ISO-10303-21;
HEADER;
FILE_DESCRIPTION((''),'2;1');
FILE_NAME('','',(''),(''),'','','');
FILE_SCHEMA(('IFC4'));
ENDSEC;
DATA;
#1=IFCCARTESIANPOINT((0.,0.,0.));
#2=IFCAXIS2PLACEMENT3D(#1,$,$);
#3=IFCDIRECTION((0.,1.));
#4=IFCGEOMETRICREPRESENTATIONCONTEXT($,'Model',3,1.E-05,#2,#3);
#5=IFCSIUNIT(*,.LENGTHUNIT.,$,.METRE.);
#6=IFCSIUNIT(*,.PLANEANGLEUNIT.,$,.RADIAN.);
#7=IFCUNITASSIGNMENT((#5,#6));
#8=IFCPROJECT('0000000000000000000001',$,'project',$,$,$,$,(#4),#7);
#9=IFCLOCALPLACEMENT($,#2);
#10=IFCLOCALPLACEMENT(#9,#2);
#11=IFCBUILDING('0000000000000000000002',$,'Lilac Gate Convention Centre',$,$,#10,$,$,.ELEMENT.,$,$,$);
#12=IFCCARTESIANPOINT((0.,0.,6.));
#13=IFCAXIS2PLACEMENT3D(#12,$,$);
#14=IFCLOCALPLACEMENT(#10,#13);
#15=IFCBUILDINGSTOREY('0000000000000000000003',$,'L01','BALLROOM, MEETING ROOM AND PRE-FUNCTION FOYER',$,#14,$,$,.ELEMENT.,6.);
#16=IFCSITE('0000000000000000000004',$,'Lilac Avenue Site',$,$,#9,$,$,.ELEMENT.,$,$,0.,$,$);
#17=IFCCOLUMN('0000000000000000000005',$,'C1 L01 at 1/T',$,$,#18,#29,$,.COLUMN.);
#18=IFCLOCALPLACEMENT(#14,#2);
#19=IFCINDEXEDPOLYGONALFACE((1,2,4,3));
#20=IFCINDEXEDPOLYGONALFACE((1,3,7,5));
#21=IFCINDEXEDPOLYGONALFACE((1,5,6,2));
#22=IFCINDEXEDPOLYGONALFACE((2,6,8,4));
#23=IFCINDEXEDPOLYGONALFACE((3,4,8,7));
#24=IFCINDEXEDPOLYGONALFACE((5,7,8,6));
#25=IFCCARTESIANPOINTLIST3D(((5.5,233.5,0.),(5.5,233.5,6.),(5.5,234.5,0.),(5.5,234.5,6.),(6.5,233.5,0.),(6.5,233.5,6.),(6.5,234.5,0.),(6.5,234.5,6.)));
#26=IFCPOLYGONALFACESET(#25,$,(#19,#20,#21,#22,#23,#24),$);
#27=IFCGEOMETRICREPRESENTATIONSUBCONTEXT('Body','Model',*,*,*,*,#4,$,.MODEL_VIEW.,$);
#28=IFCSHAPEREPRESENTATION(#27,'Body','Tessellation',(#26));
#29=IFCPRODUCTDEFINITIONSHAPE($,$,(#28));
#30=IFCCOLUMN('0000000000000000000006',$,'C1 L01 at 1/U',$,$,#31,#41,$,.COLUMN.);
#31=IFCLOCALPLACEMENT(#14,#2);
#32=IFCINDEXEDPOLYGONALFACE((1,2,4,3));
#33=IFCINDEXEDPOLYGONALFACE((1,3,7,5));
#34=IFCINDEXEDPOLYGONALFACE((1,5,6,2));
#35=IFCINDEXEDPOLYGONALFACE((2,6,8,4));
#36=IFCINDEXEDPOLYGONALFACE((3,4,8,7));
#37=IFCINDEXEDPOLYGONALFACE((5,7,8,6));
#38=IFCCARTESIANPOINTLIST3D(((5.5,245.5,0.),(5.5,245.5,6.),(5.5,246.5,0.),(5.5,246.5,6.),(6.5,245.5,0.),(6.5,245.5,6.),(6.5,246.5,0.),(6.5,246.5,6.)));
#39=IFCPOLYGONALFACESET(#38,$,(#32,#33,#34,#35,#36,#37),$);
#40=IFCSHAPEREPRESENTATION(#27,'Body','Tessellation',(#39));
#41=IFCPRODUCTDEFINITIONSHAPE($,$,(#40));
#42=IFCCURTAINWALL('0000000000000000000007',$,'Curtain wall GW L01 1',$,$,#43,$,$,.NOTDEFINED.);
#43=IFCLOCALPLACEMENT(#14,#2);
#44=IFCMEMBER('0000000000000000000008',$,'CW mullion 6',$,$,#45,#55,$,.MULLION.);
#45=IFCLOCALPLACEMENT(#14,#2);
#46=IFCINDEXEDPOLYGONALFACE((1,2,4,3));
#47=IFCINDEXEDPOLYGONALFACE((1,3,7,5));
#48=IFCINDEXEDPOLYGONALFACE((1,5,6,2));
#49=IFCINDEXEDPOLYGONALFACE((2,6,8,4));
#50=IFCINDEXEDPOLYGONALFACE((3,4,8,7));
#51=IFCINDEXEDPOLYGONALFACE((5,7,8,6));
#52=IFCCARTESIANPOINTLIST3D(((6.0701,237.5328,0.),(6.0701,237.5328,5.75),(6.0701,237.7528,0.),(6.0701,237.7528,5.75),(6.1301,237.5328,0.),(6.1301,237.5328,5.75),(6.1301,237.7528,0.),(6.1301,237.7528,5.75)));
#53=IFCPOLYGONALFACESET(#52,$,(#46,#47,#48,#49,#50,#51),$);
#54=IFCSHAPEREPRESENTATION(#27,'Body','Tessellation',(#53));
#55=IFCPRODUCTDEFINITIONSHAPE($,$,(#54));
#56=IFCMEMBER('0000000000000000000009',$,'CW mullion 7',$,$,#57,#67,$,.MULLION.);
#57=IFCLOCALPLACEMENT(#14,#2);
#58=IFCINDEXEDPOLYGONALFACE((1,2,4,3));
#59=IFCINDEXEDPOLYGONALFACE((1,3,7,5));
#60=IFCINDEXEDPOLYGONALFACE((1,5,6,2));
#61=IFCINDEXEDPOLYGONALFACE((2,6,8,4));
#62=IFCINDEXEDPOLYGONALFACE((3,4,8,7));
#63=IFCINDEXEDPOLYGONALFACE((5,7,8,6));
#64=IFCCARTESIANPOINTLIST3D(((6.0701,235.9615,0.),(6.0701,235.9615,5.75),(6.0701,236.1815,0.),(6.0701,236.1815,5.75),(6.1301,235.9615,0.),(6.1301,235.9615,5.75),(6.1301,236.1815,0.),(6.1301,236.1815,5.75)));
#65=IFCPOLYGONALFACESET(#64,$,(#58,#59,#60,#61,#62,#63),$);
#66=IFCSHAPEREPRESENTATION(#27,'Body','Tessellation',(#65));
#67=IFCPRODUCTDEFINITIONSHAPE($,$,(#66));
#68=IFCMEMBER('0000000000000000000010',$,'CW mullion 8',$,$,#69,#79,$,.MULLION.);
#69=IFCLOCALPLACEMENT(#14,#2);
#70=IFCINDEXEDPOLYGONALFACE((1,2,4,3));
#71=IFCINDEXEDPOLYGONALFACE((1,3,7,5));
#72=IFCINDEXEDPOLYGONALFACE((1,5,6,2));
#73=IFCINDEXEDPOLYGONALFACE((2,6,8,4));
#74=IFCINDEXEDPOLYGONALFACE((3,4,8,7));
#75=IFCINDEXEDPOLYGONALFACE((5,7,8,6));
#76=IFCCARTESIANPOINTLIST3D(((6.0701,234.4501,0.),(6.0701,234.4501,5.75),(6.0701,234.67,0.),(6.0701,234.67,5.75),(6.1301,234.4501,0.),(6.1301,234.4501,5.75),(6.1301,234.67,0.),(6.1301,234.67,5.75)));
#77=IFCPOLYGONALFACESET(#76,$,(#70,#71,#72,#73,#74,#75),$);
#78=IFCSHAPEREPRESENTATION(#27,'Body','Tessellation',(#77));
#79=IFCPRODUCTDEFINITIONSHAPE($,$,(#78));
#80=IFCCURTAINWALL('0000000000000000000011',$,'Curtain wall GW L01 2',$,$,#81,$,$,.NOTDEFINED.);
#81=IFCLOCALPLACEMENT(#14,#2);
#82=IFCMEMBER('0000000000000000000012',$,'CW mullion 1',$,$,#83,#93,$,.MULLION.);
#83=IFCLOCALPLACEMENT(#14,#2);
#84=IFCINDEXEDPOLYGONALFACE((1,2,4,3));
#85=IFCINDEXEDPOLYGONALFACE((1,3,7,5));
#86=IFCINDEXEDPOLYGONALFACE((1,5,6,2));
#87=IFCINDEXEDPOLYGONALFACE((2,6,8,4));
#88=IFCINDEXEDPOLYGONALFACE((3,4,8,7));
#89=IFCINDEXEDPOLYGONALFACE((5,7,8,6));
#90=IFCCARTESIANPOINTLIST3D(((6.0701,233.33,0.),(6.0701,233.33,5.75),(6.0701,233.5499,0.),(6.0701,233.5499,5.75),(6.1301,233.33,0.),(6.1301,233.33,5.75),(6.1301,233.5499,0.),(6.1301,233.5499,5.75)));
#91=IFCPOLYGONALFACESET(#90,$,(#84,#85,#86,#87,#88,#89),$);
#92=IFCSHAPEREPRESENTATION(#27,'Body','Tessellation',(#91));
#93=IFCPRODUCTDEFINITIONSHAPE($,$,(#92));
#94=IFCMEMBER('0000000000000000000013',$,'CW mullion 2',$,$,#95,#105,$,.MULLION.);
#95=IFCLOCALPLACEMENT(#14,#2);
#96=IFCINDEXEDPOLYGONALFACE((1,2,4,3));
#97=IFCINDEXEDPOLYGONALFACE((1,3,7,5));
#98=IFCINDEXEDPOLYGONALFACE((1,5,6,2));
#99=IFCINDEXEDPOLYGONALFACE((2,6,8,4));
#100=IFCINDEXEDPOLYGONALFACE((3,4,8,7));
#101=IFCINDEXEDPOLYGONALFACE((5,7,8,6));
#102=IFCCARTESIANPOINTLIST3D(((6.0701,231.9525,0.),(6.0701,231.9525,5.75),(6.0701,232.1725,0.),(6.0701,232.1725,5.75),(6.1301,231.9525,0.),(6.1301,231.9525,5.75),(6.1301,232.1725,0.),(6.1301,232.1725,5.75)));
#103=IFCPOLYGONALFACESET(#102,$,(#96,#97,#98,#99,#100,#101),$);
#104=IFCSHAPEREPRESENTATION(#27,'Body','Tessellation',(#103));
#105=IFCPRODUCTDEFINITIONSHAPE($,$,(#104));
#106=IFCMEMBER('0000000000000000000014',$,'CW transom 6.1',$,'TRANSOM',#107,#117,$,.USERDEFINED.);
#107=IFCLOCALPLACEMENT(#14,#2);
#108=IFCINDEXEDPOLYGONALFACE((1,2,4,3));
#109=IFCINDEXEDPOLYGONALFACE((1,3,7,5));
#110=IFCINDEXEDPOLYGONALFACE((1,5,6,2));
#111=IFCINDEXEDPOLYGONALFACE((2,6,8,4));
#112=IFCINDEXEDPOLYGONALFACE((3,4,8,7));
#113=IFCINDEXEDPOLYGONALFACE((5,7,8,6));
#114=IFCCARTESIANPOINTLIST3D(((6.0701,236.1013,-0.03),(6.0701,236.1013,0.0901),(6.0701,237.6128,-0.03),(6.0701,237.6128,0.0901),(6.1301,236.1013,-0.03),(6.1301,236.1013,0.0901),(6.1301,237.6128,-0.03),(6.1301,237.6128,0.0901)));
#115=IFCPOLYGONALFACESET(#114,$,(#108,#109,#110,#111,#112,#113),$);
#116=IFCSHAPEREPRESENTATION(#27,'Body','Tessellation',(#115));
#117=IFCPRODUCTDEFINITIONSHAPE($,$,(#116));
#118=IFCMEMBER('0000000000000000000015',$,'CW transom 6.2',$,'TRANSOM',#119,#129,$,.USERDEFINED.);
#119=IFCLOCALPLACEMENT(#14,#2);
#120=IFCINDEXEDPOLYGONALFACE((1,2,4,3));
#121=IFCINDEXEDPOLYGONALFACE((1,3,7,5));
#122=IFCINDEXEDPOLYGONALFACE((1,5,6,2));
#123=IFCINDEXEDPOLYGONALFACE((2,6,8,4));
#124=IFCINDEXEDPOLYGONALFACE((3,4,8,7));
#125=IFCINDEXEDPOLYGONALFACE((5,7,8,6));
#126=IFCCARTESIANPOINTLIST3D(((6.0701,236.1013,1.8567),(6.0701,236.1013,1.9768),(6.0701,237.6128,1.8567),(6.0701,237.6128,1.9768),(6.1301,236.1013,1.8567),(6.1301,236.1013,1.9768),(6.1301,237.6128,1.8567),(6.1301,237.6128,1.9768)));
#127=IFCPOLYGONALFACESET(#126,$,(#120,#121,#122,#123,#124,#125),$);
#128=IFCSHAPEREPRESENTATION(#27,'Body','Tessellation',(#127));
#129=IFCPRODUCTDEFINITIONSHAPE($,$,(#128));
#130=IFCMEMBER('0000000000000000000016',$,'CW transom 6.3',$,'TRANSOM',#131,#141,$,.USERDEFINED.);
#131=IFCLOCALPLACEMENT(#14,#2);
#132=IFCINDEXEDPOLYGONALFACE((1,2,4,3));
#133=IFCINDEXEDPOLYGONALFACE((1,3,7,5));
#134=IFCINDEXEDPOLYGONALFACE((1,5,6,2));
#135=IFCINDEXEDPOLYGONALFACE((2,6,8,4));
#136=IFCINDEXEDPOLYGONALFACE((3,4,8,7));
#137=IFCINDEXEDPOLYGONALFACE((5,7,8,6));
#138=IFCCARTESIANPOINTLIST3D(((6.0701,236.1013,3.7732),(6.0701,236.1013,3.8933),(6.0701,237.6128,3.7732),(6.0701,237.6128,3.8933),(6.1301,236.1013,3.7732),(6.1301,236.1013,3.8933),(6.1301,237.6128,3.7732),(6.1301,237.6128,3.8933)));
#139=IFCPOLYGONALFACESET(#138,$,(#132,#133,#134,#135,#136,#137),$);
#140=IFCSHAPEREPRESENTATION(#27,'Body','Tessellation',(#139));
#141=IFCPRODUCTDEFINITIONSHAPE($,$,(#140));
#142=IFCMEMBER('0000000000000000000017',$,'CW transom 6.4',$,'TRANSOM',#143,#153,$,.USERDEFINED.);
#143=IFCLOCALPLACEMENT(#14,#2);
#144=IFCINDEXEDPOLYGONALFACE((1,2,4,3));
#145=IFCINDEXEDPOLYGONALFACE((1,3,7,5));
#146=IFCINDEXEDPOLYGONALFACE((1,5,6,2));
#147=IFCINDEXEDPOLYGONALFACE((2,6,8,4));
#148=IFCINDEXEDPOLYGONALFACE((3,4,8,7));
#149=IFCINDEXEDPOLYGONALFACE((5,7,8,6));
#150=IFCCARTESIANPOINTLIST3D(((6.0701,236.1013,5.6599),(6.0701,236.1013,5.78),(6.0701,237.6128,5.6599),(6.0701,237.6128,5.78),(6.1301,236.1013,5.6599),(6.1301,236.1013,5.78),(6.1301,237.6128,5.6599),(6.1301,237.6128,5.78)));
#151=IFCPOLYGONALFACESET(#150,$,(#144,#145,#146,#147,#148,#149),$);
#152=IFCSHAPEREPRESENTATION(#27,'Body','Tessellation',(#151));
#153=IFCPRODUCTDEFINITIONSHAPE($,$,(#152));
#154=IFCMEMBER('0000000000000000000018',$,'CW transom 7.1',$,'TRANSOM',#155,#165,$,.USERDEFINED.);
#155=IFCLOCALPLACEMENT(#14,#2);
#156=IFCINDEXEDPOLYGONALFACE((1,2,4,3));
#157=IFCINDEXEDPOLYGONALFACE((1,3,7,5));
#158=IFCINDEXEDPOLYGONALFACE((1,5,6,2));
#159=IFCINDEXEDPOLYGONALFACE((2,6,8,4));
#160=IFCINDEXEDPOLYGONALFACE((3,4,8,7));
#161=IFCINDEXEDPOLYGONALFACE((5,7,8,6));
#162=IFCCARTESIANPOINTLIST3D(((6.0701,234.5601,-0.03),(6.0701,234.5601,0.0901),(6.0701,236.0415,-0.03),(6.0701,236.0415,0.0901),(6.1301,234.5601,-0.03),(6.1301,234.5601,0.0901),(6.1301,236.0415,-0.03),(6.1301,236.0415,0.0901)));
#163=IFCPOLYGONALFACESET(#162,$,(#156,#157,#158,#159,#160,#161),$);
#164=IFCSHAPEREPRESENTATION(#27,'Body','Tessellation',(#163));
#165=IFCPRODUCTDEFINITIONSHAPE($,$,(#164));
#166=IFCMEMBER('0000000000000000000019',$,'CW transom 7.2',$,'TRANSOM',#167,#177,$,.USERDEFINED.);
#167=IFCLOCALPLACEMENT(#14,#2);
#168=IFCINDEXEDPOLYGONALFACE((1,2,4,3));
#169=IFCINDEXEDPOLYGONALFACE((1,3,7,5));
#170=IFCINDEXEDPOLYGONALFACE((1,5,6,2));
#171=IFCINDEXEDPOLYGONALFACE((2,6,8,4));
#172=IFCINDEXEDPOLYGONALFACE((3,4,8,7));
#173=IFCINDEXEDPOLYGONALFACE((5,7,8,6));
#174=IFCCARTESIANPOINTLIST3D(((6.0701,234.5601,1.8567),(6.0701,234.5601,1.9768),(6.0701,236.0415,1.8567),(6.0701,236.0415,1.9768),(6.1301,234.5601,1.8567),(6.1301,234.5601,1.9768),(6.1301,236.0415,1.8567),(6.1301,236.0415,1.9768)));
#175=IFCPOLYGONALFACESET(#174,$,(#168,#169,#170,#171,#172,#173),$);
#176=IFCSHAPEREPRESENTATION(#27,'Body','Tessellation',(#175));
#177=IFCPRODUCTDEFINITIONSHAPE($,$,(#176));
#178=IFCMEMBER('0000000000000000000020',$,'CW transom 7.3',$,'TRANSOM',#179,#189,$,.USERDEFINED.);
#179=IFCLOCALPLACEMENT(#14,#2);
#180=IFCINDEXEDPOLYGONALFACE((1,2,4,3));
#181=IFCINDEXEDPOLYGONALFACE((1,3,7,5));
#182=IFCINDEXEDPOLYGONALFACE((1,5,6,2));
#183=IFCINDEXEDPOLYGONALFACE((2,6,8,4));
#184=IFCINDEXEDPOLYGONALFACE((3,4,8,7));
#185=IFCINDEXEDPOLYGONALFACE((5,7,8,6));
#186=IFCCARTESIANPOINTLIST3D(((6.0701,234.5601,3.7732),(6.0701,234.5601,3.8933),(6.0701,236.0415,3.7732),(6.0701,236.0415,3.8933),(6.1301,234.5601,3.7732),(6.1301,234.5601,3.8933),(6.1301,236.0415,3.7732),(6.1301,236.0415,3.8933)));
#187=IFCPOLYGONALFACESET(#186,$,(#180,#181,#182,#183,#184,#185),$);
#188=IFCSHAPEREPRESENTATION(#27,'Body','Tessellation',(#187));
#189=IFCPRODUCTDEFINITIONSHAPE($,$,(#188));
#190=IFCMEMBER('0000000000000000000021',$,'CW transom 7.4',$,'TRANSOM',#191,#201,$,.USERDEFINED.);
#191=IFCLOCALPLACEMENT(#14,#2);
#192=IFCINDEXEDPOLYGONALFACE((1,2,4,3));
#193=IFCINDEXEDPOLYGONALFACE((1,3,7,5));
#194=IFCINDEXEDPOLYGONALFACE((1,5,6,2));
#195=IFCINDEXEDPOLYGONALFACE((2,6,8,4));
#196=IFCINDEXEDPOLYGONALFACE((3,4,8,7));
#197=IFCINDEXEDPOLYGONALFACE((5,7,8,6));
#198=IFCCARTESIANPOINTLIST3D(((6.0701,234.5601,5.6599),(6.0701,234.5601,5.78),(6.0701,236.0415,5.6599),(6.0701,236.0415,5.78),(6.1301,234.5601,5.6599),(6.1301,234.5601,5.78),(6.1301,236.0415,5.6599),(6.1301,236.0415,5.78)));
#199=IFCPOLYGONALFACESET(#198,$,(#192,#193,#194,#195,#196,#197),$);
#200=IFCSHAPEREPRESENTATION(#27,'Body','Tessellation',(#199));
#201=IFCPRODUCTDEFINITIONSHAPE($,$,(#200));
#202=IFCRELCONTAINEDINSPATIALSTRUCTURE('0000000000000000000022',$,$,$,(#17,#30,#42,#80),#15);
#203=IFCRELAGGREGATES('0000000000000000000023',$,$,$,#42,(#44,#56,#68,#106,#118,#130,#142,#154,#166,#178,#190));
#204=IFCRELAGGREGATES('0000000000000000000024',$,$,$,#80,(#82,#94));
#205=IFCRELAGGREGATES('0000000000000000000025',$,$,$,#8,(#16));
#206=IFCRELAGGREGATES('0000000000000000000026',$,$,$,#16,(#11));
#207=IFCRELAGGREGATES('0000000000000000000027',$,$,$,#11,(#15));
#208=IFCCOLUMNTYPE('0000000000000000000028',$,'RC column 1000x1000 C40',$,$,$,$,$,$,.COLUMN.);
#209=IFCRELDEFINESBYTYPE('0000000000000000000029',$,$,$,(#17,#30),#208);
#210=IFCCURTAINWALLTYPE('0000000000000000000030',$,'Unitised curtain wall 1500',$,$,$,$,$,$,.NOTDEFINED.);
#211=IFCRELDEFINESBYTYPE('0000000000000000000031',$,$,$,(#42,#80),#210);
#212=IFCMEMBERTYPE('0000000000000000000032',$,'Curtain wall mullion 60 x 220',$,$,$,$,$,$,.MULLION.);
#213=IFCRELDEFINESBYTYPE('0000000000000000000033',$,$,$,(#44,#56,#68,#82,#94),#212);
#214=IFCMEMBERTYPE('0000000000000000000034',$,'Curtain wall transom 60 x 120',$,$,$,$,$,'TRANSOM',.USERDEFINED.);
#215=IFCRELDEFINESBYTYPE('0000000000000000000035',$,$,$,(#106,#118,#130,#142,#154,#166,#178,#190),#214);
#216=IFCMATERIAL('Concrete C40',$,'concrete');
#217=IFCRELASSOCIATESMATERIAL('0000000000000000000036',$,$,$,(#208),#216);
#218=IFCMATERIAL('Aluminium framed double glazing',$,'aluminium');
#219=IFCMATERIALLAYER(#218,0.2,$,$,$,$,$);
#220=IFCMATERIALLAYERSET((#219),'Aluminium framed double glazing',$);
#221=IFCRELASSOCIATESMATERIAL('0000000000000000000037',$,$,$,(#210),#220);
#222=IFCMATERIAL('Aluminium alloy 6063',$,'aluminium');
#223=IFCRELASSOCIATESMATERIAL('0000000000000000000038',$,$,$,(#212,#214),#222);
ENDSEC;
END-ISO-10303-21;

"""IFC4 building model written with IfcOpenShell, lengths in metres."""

from ifc_helpers import new_model, si_unit, direction, frame, origin, origin_2d, place, context, subcontext, project, spatial, rectangle, extrude, material, layer, layer_set, material_profile, profile_set, type_object, element, aggregate, save


model = new_model("IFC4")

# Units and contexts
model_context = context("Model", 3, precision=1e-05, world=origin(), true_north=direction((0.0, 1.0)))
body_context = subcontext(model_context, "Body", "Model", "MODEL_VIEW")
ifc_project = project(units=[si_unit("LENGTHUNIT", "METRE"), si_unit("PLANEANGLEUNIT", "RADIAN")], contexts=[model_context])

# Site, building, storey
site_placement = place(None, origin())
site = spatial("IfcSite", under=ifc_project, at=site_placement, Name="Lilac Avenue Site", CompositionType="ELEMENT", RefElevation=0.0)
building_placement = place(site_placement, origin())
building = spatial("IfcBuilding", under=site, at=building_placement, Name="Lilac Gate Convention Centre", CompositionType="ELEMENT")
storey_placement = place(building_placement, frame((0.0, 0.0, 6.0)))
storey = spatial("IfcBuildingStorey", under=building, at=storey_placement, Name="L01", Description="BALLROOM, MEETING ROOM AND PRE-FUNCTION FOYER", CompositionType="ELEMENT", Elevation=6.0)

# Columns
ifc_material_1 = material(Name="Concrete C40", Category="concrete")
ifc_material_profile_1 = material_profile(ifc_material_1, rectangle(XDim=1.0, YDim=1.0, at=origin_2d()), Name="RC 1000x1000")
ifc_profile_set_1 = profile_set([ifc_material_profile_1], Name="Concrete C40")
column_type = type_object("IfcColumnType", Name="RC column 1000x1000 C40", PredefinedType="COLUMN", material=ifc_profile_set_1)
for number, where, z_axis, x_axis, name in (
    (1, (6.0, 234.0, 0.0), (0.0, 0.0, 1.0), (1.0, 0.0, 0.0), "C1 L01 at 1/T"),
    (2, (6.0, 246.0, 0.0), (0.0, 0.0, 1.0), (1.0, 0.0, 0.0), "C1 L01 at 1/U"),
):
    element("IfcColumn", number, at=place(storey_placement, frame(where, z_axis=z_axis, x_axis=x_axis)), inside=storey, type_object=column_type, Name=name, PredefinedType="COLUMN", context=body_context, shape_type="SweptSolid", body=[
        extrude(rectangle(XDim=1.0, YDim=1.0, at=origin_2d()), origin(), (0.0, 0.0, 1.0), 6.0),
    ])

# Curtain walls, members
ifc_material_2 = material(Name="Aluminium framed double glazing", Category="aluminium")
ifc_layer_1 = layer(ifc_material_2, 0.2)
ifc_layer_set_1 = layer_set([ifc_layer_1], Name="Aluminium framed double glazing")
curtain_wall_type = type_object("IfcCurtainWallType", Name="Unitised curtain wall 1500", PredefinedType="NOTDEFINED", material=ifc_layer_set_1)
curtain_wall_1_placement = place(storey_placement, origin())
curtain_wall_1 = element("IfcCurtainWall", 3, at=curtain_wall_1_placement, inside=storey, type_object=curtain_wall_type, Name="Curtain wall GW L01 1", PredefinedType="NOTDEFINED")
ifc_material_3 = material(Name="Aluminium alloy 6063", Category="aluminium")
ifc_material_profile_2 = material_profile(ifc_material_3, rectangle(XDim=0.0601, YDim=0.22, at=origin_2d()), Name="Curtain wall mullion 60 x 220")
ifc_profile_set_2 = profile_set([ifc_material_profile_2], Name="Aluminium alloy 6063")
member_type_1 = type_object("IfcMemberType", Name="Curtain wall mullion 60 x 220", PredefinedType="MULLION", material=ifc_profile_set_2)
member_1_placement = place(storey_placement, frame((6.1001, 237.6428, 0.0), z_axis=(0.0, 0.0, 1.0), x_axis=(1.0, 0.0, 0.0)))
member_1 = element("IfcMember", 4, at=member_1_placement, type_object=member_type_1, Name="CW mullion 6", PredefinedType="MULLION", context=body_context, shape_type="SweptSolid", body=[
    extrude(rectangle(XDim=0.0601, YDim=0.22, at=origin_2d()), origin(), (0.0, 0.0, 1.0), 5.75),
])
member_2_placement = place(storey_placement, frame((6.1001, 236.0715, 0.0), z_axis=(0.0, 0.0, 1.0), x_axis=(1.0, 0.0, 0.0)))
member_2 = element("IfcMember", 5, at=member_2_placement, type_object=member_type_1, Name="CW mullion 7", PredefinedType="MULLION", context=body_context, shape_type="SweptSolid", body=[
    extrude(rectangle(XDim=0.0601, YDim=0.22, at=origin_2d()), origin(), (0.0, 0.0, 1.0), 5.75),
])
member_3_placement = place(storey_placement, frame((6.1001, 234.5601, 0.0), z_axis=(0.0, 0.0, 1.0), x_axis=(1.0, 0.0, 0.0)))
member_3 = element("IfcMember", 6, at=member_3_placement, type_object=member_type_1, Name="CW mullion 8", PredefinedType="MULLION", context=body_context, shape_type="SweptSolid", body=[
    extrude(rectangle(XDim=0.0601, YDim=0.22, at=origin_2d()), origin(), (0.0, 0.0, 1.0), 5.75),
])
curtain_wall_2_placement = place(storey_placement, origin())
curtain_wall_2 = element("IfcCurtainWall", 7, at=curtain_wall_2_placement, inside=storey, type_object=curtain_wall_type, Name="Curtain wall GW L01 2", PredefinedType="NOTDEFINED")
member_4_placement = place(storey_placement, frame((6.1001, 233.4399, 0.0), z_axis=(0.0, 0.0, 1.0), x_axis=(1.0, 0.0, 0.0)))
member_4 = element("IfcMember", 8, at=member_4_placement, type_object=member_type_1, Name="CW mullion 1", PredefinedType="MULLION", context=body_context, shape_type="SweptSolid", body=[
    extrude(rectangle(XDim=0.0601, YDim=0.22, at=origin_2d()), origin(), (0.0, 0.0, 1.0), 5.75),
])
member_5_placement = place(storey_placement, frame((6.1001, 232.0625, 0.0), z_axis=(0.0, 0.0, 1.0), x_axis=(1.0, 0.0, 0.0)))
member_5 = element("IfcMember", 9, at=member_5_placement, type_object=member_type_1, Name="CW mullion 2", PredefinedType="MULLION", context=body_context, shape_type="SweptSolid", body=[
    extrude(rectangle(XDim=0.0601, YDim=0.22, at=origin_2d()), origin(), (0.0, 0.0, 1.0), 5.75),
])

# Members
ifc_material_profile_3 = material_profile(ifc_material_3, rectangle(XDim=0.0601, YDim=0.1201, at=origin_2d()), Name="Curtain wall transom 60 x 120")
ifc_profile_set_3 = profile_set([ifc_material_profile_3], Name="Aluminium alloy 6063")
member_type_2 = type_object("IfcMemberType", Name="Curtain wall transom 60 x 120", ElementType="TRANSOM", PredefinedType="USERDEFINED", material=ifc_profile_set_3)
member_6_placement = place(storey_placement, frame((6.1001, 237.6128, 0.03), z_axis=(0.0, -1.0, 0.0), x_axis=(1.0, 0.0, 0.0)))
member_6 = element("IfcMember", 10, at=member_6_placement, type_object=member_type_2, Name="CW transom 6.1", ObjectType="TRANSOM", PredefinedType="USERDEFINED", context=body_context, shape_type="SweptSolid", body=[
    extrude(rectangle(XDim=0.0601, YDim=0.1201, at=origin_2d()), origin(), (0.0, 0.0, 1.0), 1.5115),
])
member_7_placement = place(storey_placement, frame((6.1001, 237.6128, 1.9167), z_axis=(0.0, -1.0, 0.0), x_axis=(1.0, 0.0, 0.0)))
member_7 = element("IfcMember", 11, at=member_7_placement, type_object=member_type_2, Name="CW transom 6.2", ObjectType="TRANSOM", PredefinedType="USERDEFINED", context=body_context, shape_type="SweptSolid", body=[
    extrude(rectangle(XDim=0.0601, YDim=0.1201, at=origin_2d()), origin(), (0.0, 0.0, 1.0), 1.5115),
])
member_8_placement = place(storey_placement, frame((6.1001, 237.6128, 3.8333), z_axis=(0.0, -1.0, 0.0), x_axis=(1.0, 0.0, 0.0)))
member_8 = element("IfcMember", 12, at=member_8_placement, type_object=member_type_2, Name="CW transom 6.3", ObjectType="TRANSOM", PredefinedType="USERDEFINED", context=body_context, shape_type="SweptSolid", body=[
    extrude(rectangle(XDim=0.0601, YDim=0.1201, at=origin_2d()), origin(), (0.0, 0.0, 1.0), 1.5115),
])
member_9_placement = place(storey_placement, frame((6.1001, 237.6128, 5.72), z_axis=(0.0, -1.0, 0.0), x_axis=(1.0, 0.0, 0.0)))
member_9 = element("IfcMember", 13, at=member_9_placement, type_object=member_type_2, Name="CW transom 6.4", ObjectType="TRANSOM", PredefinedType="USERDEFINED", context=body_context, shape_type="SweptSolid", body=[
    extrude(rectangle(XDim=0.0601, YDim=0.1201, at=origin_2d()), origin(), (0.0, 0.0, 1.0), 1.5115),
])
member_10_placement = place(storey_placement, frame((6.1001, 236.0415, 0.03), z_axis=(0.0, -1.0, 0.0), x_axis=(1.0, 0.0, 0.0)))
member_10 = element("IfcMember", 14, at=member_10_placement, type_object=member_type_2, Name="CW transom 7.1", ObjectType="TRANSOM", PredefinedType="USERDEFINED", context=body_context, shape_type="SweptSolid", body=[
    extrude(rectangle(XDim=0.0601, YDim=0.1201, at=origin_2d()), origin(), (0.0, 0.0, 1.0), 1.4814),
])
member_11_placement = place(storey_placement, frame((6.1001, 236.0415, 1.9167), z_axis=(0.0, -1.0, 0.0), x_axis=(1.0, 0.0, 0.0)))
member_11 = element("IfcMember", 15, at=member_11_placement, type_object=member_type_2, Name="CW transom 7.2", ObjectType="TRANSOM", PredefinedType="USERDEFINED", context=body_context, shape_type="SweptSolid", body=[
    extrude(rectangle(XDim=0.0601, YDim=0.1201, at=origin_2d()), origin(), (0.0, 0.0, 1.0), 1.4814),
])
member_12_placement = place(storey_placement, frame((6.1001, 236.0415, 3.8333), z_axis=(0.0, -1.0, 0.0), x_axis=(1.0, 0.0, 0.0)))
member_12 = element("IfcMember", 16, at=member_12_placement, type_object=member_type_2, Name="CW transom 7.3", ObjectType="TRANSOM", PredefinedType="USERDEFINED", context=body_context, shape_type="SweptSolid", body=[
    extrude(rectangle(XDim=0.0601, YDim=0.1201, at=origin_2d()), origin(), (0.0, 0.0, 1.0), 1.4814),
])
member_13_placement = place(storey_placement, frame((6.1001, 236.0415, 5.72), z_axis=(0.0, -1.0, 0.0), x_axis=(1.0, 0.0, 0.0)))
member_13 = element("IfcMember", 17, at=member_13_placement, type_object=member_type_2, Name="CW transom 7.4", ObjectType="TRANSOM", PredefinedType="USERDEFINED", context=body_context, shape_type="SweptSolid", body=[
    extrude(rectangle(XDim=0.0601, YDim=0.1201, at=origin_2d()), origin(), (0.0, 0.0, 1.0), 1.4814),
])

aggregate(curtain_wall_1, [member_1, member_2, member_3, member_6, member_7, member_8, member_9, member_10, member_11, member_12, member_13])
aggregate(curtain_wall_2, [member_4, member_5])

save(model, "model.ifc")
